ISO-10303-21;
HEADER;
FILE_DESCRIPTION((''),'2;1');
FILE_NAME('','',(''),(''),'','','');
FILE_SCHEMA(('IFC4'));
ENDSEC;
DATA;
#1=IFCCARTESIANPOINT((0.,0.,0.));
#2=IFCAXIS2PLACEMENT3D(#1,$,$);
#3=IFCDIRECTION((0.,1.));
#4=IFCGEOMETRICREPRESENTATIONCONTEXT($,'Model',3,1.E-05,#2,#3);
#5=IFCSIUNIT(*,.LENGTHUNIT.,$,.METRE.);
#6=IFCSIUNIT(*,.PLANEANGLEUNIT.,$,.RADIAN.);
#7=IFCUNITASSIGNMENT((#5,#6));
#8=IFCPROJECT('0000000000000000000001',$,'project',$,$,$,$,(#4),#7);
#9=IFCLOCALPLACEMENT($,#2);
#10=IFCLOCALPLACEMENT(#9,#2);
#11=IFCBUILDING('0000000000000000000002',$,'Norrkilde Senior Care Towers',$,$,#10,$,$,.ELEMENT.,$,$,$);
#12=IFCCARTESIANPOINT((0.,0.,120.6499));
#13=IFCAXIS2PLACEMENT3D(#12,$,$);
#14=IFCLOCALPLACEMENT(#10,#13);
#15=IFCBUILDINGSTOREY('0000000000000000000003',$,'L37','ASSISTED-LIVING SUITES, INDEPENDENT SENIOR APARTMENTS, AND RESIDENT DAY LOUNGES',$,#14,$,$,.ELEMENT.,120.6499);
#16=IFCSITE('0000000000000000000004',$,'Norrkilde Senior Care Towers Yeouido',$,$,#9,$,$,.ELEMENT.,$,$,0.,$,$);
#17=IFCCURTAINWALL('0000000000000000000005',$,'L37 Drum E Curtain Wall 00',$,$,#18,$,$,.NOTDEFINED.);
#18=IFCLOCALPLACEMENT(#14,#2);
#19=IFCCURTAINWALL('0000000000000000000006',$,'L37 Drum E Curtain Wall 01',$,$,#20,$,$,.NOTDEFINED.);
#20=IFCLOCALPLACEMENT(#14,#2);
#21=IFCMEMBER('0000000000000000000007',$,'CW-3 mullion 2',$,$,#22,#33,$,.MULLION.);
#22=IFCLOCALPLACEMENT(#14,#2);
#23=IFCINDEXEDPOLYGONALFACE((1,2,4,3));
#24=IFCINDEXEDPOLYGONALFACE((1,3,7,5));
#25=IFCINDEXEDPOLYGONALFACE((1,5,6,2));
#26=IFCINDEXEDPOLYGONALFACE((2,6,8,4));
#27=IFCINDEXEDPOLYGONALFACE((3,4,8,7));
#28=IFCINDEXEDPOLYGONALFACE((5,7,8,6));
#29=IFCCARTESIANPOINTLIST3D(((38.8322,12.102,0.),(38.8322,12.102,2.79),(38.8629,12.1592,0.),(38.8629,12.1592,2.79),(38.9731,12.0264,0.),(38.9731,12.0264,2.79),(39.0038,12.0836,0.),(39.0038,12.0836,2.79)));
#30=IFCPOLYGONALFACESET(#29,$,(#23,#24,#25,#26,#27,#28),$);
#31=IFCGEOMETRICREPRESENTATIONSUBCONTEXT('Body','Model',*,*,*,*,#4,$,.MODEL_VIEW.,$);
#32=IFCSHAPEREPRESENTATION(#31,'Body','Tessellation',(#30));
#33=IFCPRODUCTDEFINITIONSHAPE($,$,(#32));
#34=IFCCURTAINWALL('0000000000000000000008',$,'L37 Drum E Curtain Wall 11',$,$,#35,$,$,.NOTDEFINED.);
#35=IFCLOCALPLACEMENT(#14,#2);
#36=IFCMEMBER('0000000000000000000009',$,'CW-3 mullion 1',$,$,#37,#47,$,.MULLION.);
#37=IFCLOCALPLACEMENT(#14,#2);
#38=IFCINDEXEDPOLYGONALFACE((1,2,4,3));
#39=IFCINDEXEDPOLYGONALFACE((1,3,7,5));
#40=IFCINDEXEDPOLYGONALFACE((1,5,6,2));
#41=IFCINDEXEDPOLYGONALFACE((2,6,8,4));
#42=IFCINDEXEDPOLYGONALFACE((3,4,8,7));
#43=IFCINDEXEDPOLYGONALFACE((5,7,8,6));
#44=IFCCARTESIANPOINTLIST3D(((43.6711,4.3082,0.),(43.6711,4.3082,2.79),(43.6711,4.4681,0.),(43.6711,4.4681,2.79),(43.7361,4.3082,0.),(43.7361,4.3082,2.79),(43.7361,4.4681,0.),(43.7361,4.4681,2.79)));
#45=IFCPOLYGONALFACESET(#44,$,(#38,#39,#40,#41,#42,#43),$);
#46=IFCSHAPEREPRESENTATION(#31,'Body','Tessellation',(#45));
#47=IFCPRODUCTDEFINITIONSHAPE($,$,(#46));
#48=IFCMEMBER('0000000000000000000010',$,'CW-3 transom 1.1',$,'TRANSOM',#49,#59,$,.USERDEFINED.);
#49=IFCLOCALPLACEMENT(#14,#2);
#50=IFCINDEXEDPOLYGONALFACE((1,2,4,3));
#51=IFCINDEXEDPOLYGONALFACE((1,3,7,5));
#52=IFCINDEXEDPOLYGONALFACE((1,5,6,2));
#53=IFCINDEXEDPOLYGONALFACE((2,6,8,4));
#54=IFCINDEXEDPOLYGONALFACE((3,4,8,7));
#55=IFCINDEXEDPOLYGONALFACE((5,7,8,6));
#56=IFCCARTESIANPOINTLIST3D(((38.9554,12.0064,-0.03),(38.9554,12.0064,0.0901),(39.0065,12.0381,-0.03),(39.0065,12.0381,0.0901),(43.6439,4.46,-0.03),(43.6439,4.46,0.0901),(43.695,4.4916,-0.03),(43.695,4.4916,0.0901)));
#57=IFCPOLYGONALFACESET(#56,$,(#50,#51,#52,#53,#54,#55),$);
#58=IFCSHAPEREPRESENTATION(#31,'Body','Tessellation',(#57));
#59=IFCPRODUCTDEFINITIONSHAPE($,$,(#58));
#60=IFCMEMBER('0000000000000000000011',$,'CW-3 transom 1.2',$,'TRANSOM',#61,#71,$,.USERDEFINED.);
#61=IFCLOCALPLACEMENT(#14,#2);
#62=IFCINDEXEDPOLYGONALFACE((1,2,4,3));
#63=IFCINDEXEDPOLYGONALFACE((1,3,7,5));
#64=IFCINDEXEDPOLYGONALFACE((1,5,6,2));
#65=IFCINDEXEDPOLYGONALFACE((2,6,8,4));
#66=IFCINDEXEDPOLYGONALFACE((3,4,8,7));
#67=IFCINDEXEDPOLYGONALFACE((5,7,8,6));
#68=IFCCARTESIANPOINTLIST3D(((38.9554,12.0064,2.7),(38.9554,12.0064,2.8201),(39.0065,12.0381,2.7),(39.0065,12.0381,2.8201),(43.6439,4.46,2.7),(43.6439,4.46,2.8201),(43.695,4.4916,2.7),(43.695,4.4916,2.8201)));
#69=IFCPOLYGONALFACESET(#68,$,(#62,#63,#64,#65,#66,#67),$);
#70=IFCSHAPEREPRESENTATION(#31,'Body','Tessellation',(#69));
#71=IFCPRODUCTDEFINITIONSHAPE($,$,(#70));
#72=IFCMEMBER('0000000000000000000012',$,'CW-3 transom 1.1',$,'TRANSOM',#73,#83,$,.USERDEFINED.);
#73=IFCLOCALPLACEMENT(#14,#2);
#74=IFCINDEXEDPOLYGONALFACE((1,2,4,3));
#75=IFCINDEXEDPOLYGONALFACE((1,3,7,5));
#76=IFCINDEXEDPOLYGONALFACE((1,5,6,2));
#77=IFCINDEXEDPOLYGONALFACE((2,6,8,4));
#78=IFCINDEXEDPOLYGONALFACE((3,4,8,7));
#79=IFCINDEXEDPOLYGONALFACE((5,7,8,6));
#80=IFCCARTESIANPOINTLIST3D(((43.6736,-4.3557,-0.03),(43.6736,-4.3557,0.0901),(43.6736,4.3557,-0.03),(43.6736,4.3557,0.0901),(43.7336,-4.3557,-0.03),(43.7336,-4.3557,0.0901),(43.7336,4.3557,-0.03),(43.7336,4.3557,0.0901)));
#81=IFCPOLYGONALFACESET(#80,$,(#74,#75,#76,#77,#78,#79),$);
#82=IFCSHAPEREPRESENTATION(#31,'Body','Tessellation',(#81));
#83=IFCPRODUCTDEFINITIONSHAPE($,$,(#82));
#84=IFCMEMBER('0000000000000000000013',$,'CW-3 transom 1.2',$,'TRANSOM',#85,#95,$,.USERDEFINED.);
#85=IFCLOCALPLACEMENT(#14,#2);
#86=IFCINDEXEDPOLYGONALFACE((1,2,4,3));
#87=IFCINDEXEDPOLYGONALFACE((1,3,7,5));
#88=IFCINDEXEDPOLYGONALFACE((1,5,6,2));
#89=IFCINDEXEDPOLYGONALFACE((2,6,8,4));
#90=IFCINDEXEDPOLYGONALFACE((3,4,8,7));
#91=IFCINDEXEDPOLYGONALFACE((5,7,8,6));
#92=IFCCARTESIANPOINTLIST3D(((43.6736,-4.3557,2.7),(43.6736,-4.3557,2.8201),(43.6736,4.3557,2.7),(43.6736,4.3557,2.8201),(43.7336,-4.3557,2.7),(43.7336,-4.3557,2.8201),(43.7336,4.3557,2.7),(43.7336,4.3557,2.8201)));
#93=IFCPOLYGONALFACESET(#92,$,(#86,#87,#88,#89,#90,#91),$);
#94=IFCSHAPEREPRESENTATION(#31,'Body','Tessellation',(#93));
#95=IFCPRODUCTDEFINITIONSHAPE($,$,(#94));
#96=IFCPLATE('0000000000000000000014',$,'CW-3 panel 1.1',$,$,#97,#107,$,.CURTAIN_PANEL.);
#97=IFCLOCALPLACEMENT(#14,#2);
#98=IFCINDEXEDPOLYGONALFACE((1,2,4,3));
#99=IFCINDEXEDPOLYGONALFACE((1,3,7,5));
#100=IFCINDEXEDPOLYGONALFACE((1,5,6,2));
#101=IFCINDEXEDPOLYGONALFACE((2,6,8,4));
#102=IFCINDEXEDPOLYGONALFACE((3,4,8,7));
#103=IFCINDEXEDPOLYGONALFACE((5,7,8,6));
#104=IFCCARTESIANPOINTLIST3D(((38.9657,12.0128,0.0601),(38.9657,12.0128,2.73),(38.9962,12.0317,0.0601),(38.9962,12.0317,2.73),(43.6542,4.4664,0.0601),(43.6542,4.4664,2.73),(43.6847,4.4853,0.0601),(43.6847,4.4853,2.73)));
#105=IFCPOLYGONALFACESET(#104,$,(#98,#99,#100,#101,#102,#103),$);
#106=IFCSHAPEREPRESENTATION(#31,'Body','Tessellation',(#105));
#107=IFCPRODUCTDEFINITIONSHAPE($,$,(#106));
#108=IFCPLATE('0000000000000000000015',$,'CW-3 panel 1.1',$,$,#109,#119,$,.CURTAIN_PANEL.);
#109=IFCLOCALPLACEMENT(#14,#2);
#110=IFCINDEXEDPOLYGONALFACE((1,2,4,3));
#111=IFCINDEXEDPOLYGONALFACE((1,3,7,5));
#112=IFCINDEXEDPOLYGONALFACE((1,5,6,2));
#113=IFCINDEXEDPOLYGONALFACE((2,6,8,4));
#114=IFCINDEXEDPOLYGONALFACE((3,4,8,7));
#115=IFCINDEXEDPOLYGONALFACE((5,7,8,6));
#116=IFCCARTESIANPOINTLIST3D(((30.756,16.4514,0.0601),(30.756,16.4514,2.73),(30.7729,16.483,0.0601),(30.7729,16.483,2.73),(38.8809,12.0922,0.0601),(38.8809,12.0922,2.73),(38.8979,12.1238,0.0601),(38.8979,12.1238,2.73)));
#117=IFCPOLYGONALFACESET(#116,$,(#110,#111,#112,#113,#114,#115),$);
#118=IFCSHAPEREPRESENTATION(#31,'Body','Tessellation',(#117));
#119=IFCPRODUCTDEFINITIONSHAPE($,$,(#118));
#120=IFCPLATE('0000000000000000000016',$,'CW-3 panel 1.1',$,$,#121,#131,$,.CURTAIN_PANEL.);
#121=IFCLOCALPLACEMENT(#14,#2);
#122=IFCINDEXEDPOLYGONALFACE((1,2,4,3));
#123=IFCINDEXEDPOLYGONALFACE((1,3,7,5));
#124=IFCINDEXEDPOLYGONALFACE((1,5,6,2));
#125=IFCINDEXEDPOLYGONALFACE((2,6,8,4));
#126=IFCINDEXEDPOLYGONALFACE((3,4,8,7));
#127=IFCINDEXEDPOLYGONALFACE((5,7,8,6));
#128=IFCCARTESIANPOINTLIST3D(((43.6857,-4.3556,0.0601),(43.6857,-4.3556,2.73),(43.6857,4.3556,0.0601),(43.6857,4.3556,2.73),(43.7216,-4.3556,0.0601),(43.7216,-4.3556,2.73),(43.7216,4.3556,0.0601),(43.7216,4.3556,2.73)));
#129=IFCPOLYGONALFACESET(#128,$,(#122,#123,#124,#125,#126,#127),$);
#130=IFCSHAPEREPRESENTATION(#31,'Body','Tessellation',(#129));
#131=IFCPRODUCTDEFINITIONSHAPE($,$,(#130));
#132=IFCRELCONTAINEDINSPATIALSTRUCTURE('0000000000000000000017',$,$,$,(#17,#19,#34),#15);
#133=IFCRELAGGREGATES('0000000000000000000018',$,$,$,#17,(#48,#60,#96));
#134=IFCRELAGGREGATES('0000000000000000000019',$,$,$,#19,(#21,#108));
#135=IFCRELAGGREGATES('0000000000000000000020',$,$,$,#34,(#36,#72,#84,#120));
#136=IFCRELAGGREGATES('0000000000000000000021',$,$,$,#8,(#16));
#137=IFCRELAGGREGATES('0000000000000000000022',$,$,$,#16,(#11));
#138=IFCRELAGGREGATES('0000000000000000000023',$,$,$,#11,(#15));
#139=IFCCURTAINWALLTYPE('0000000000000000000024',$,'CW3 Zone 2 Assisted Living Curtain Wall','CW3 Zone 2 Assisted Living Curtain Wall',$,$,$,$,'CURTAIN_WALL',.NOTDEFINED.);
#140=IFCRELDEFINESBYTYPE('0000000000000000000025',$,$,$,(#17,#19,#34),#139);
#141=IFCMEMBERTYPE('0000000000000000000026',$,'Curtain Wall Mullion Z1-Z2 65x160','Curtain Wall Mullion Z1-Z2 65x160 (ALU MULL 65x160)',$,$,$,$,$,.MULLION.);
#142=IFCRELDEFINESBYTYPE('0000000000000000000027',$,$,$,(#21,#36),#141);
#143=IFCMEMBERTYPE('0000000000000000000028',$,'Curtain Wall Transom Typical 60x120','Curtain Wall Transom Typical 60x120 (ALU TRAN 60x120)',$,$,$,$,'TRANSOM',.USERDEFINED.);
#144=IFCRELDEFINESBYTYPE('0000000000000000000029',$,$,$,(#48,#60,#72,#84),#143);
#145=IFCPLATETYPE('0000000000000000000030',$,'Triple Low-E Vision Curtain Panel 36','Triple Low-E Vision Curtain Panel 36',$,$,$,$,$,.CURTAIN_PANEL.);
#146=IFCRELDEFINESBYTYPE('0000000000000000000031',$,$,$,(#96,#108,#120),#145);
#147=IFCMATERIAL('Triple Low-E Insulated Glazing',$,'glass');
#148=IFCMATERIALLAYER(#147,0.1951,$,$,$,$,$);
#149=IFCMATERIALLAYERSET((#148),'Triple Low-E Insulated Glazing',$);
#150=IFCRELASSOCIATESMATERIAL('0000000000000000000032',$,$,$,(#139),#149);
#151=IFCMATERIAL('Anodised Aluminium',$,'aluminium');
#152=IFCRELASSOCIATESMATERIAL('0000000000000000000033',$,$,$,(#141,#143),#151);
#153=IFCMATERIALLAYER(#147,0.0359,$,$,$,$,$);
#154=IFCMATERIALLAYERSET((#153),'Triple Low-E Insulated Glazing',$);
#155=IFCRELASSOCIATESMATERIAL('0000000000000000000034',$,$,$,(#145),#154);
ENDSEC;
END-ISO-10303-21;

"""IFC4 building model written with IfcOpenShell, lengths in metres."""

from ifc_helpers import new_model, si_unit, direction, frame, origin, origin_2d, place, context, subcontext, project, spatial, rectangle, extrude, source, transform, mapped, material, layer, layer_set, material_profile, profile_set, type_object, type_shapes, element, aggregate, save


model = new_model("IFC4")

# Units and contexts
model_context = context("Model", 3, precision=1e-05, world=origin(), true_north=direction((0.0, 1.0)))
body_context = subcontext(model_context, "Body", "Model", "MODEL_VIEW")
ifc_project = project(units=[si_unit("LENGTHUNIT", "METRE"), si_unit("PLANEANGLEUNIT", "RADIAN")], contexts=[model_context])

# Site, building, storey
site_placement = place(None, origin())
site = spatial("IfcSite", under=ifc_project, at=site_placement, Name="Norrkilde Senior Care Towers Yeouido", CompositionType="ELEMENT", RefElevation=0.0)
building_placement = place(site_placement, origin())
building = spatial("IfcBuilding", under=site, at=building_placement, Name="Norrkilde Senior Care Towers", CompositionType="ELEMENT")
storey_placement = place(building_placement, frame((0.0, 0.0, 120.6499)))
storey = spatial("IfcBuildingStorey", under=building, at=storey_placement, Name="L37", Description="ASSISTED-LIVING SUITES, INDEPENDENT SENIOR APARTMENTS, AND RESIDENT DAY LOUNGES", CompositionType="ELEMENT", Elevation=120.6499)

# Curtain wall
ifc_material_1 = material(Name="Triple Low-E Insulated Glazing", Category="glass")
ifc_layer_1 = layer(ifc_material_1, 0.1951)
ifc_layer_set_1 = layer_set([ifc_layer_1], Name="Triple Low-E Insulated Glazing")
curtain_wall_type = type_object("IfcCurtainWallType", Name="CW3 Zone 2 Assisted Living Curtain Wall", Description="CW3 Zone 2 Assisted Living Curtain Wall", ElementType="CURTAIN_WALL", PredefinedType="NOTDEFINED", material=ifc_layer_set_1)
curtain_wall_1_placement = place(storey_placement, origin())
curtain_wall_1 = element("IfcCurtainWall", 1, at=curtain_wall_1_placement, inside=storey, type_object=curtain_wall_type, Name="L37 Drum E Curtain Wall 00", PredefinedType="NOTDEFINED")
ifc_material_2 = material(Name="Anodised Aluminium", Category="aluminium")
ifc_material_profile_1 = material_profile(ifc_material_2, rectangle(XDim=0.0649, YDim=0.1599, at=origin_2d()), Name="ALU MULL 65x160")
ifc_profile_set_1 = profile_set([ifc_material_profile_1], Name="Anodised Aluminium")
member_type_1 = type_object("IfcMemberType", Name="Curtain Wall Mullion Z1-Z2 65x160", Description="Curtain Wall Mullion Z1-Z2 65x160 (ALU MULL 65x160)", PredefinedType="MULLION", material=ifc_profile_set_1)
shared_shape_1 = source(origin(), body_context, "Body", "SweptSolid", [
    extrude(rectangle(XDim=0.0649, YDim=0.1599, at=origin_2d()), origin(), (0.0, 0.0, 1.0), 2.79),
])
type_shapes(member_type_1, [shared_shape_1])

# Curtain walls, members
curtain_wall_2_placement = place(storey_placement, origin())
curtain_wall_2 = element("IfcCurtainWall", 2, at=curtain_wall_2_placement, inside=storey, type_object=curtain_wall_type, Name="L37 Drum E Curtain Wall 01", PredefinedType="NOTDEFINED")
member_1_placement = place(storey_placement, frame((38.918, 12.0928, 0.0), z_axis=(0.0, 0.0, 1.0), x_axis=(0.472769, 0.881186, 0.0)))
member_1 = element("IfcMember", 3, at=member_1_placement, type_object=member_type_1, Name="CW-3 mullion 2", PredefinedType="MULLION", context=body_context, shape_type="MappedRepresentation", body=[
    mapped(shared_shape_1, transform((0.0, 0.0, 0.0), x_axis=(1.0, 0.0, 0.0), y_axis=(0.0, 1.0, 0.0), z_axis=(0.0, 0.0, 1.0), scale=1.0)),
])
curtain_wall_3_placement = place(storey_placement, origin())
curtain_wall_3 = element("IfcCurtainWall", 4, at=curtain_wall_3_placement, inside=storey, type_object=curtain_wall_type, Name="L37 Drum E Curtain Wall 11", PredefinedType="NOTDEFINED")
member_2_placement = place(storey_placement, frame((43.7036, 4.3882, 0.0), z_axis=(0.0, 0.0, 1.0), x_axis=(1.0, 0.0, 0.0)))
member_2 = element("IfcMember", 5, at=member_2_placement, type_object=member_type_1, Name="CW-3 mullion 1", PredefinedType="MULLION", context=body_context, shape_type="MappedRepresentation", body=[
    mapped(shared_shape_1, transform((0.0, 0.0, 0.0), x_axis=(1.0, 0.0, 0.0), y_axis=(0.0, 1.0, 0.0), z_axis=(0.0, 0.0, 1.0), scale=1.0)),
])

# Members
ifc_material_profile_2 = material_profile(ifc_material_2, rectangle(XDim=0.0601, YDim=0.1201, at=origin_2d()), Name="ALU TRAN 60x120")
ifc_profile_set_2 = profile_set([ifc_material_profile_2], Name="Anodised Aluminium")
member_type_2 = type_object("IfcMemberType", Name="Curtain Wall Transom Typical 60x120", Description="Curtain Wall Transom Typical 60x120 (ALU TRAN 60x120)", ElementType="TRANSOM", PredefinedType="USERDEFINED", material=ifc_profile_set_2)
shared_shape_2 = source(origin(), body_context, "Body", "SweptSolid", [
    extrude(rectangle(XDim=0.0601, YDim=0.1201, at=origin_2d()), origin(), (0.0, 0.0, 1.0), 8.8843),
])
member_3_placement = place(storey_placement, frame((38.981, 12.0222, 0.03), z_axis=(0.527729, -0.849413, 0.0), x_axis=(0.849413, 0.527729, 0.0)))
member_3 = element("IfcMember", 6, at=member_3_placement, type_object=member_type_2, Name="CW-3 transom 1.1", ObjectType="TRANSOM", PredefinedType="USERDEFINED", context=body_context, shape_type="MappedRepresentation", body=[
    mapped(shared_shape_2, transform((0.0, 0.0, 0.0), x_axis=(1.0, 0.0, 0.0), y_axis=(0.0, 1.0, 0.0), z_axis=(0.0, 0.0, 1.0), scale=1.0)),
])
member_4_placement = place(storey_placement, frame((38.981, 12.0222, 2.76), z_axis=(0.527729, -0.849413, 0.0), x_axis=(0.849413, 0.527729, 0.0)))
member_4 = element("IfcMember", 7, at=member_4_placement, type_object=member_type_2, Name="CW-3 transom 1.2", ObjectType="TRANSOM", PredefinedType="USERDEFINED", context=body_context, shape_type="MappedRepresentation", body=[
    mapped(shared_shape_2, transform((0.0, 0.0, 0.0), x_axis=(1.0, 0.0, 0.0), y_axis=(0.0, 1.0, 0.0), z_axis=(0.0, 0.0, 1.0), scale=1.0)),
])
shared_shape_3 = source(origin(), body_context, "Body", "SweptSolid", [
    extrude(rectangle(XDim=0.0601, YDim=0.1201, at=origin_2d()), origin(), (0.0, 0.0, 1.0), 8.7114),
])
type_shapes(member_type_2, [shared_shape_2, shared_shape_3])
member_5_placement = place(storey_placement, frame((43.7036, 4.3557, 0.03), z_axis=(0.0, -1.0, 0.0), x_axis=(1.0, 0.0, 0.0)))
member_5 = element("IfcMember", 8, at=member_5_placement, type_object=member_type_2, Name="CW-3 transom 1.1", ObjectType="TRANSOM", PredefinedType="USERDEFINED", context=body_context, shape_type="MappedRepresentation", body=[
    mapped(shared_shape_3, transform((0.0, 0.0, 0.0), x_axis=(1.0, 0.0, 0.0), y_axis=(0.0, 1.0, 0.0), z_axis=(0.0, 0.0, 1.0), scale=1.0)),
])
member_6_placement = place(storey_placement, frame((43.7036, 4.3557, 2.76), z_axis=(0.0, -1.0, 0.0), x_axis=(1.0, 0.0, 0.0)))
member_6 = element("IfcMember", 9, at=member_6_placement, type_object=member_type_2, Name="CW-3 transom 1.2", ObjectType="TRANSOM", PredefinedType="USERDEFINED", context=body_context, shape_type="MappedRepresentation", body=[
    mapped(shared_shape_3, transform((0.0, 0.0, 0.0), x_axis=(1.0, 0.0, 0.0), y_axis=(0.0, 1.0, 0.0), z_axis=(0.0, 0.0, 1.0), scale=1.0)),
])

# Plates
ifc_layer_2 = layer(ifc_material_1, 0.0359)
ifc_layer_set_2 = layer_set([ifc_layer_2], Name="Triple Low-E Insulated Glazing")
plate_type = type_object("IfcPlateType", Name="Triple Low-E Vision Curtain Panel 36", Description="Triple Low-E Vision Curtain Panel 36", PredefinedType="CURTAIN_PANEL", material=ifc_layer_set_2)
shared_shape_4 = source(origin(), body_context, "Body", "SweptSolid", [
    extrude(rectangle(XDim=8.8843, YDim=0.0359, at=origin_2d()), origin(), (0.0, 0.0, 1.0), 2.6699),
])
plate_1_placement = place(storey_placement, frame((41.3252, 8.249, 0.0601), z_axis=(0.0, 0.0, 1.0), x_axis=(0.527733, -0.84941, 0.0)))
plate_1 = element("IfcPlate", 10, at=plate_1_placement, type_object=plate_type, Name="CW-3 panel 1.1", PredefinedType="CURTAIN_PANEL", context=body_context, shape_type="MappedRepresentation", body=[
    mapped(shared_shape_4, transform((0.0, 0.0, 0.0), x_axis=(1.0, 0.0, 0.0), y_axis=(0.0, 1.0, 0.0), z_axis=(0.0, 0.0, 1.0), scale=1.0)),
])
aggregate(curtain_wall_1, [member_3, member_4, plate_1])
shared_shape_5 = source(origin(), body_context, "Body", "SweptSolid", [
    extrude(rectangle(XDim=9.2205, YDim=0.0359, at=origin_2d()), origin(), (0.0, 0.0, 1.0), 2.6699),
])
plate_2_placement = place(storey_placement, frame((34.8269, 14.2876, 0.0601), z_axis=(0.0, 0.0, 1.0), x_axis=(0.881186, -0.472769, 0.0)))
plate_2 = element("IfcPlate", 11, at=plate_2_placement, type_object=plate_type, Name="CW-3 panel 1.1", PredefinedType="CURTAIN_PANEL", context=body_context, shape_type="MappedRepresentation", body=[
    mapped(shared_shape_5, transform((0.0, 0.0, 0.0), x_axis=(1.0, 0.0, 0.0), y_axis=(0.0, 1.0, 0.0), z_axis=(0.0, 0.0, 1.0), scale=1.0)),
])
aggregate(curtain_wall_2, [member_1, plate_2])
shared_shape_6 = source(origin(), body_context, "Body", "SweptSolid", [
    extrude(rectangle(XDim=8.7112, YDim=0.0359, at=origin_2d()), origin(), (0.0, 0.0, 1.0), 2.6699),
])
type_shapes(plate_type, [shared_shape_4, shared_shape_5, shared_shape_6])
plate_3_placement = place(storey_placement, frame((43.7036, 0.0, 0.0601), z_axis=(0.0, 0.0, 1.0), x_axis=(0.0, -1.0, 0.0)))
plate_3 = element("IfcPlate", 12, at=plate_3_placement, type_object=plate_type, Name="CW-3 panel 1.1", PredefinedType="CURTAIN_PANEL", context=body_context, shape_type="MappedRepresentation", body=[
    mapped(shared_shape_6, transform((0.0, 0.0, 0.0), x_axis=(1.0, 0.0, 0.0), y_axis=(0.0, 1.0, 0.0), z_axis=(0.0, 0.0, 1.0), scale=1.0)),
])
aggregate(curtain_wall_3, [member_2, member_5, member_6, plate_3])

save(model, "model.ifc")
